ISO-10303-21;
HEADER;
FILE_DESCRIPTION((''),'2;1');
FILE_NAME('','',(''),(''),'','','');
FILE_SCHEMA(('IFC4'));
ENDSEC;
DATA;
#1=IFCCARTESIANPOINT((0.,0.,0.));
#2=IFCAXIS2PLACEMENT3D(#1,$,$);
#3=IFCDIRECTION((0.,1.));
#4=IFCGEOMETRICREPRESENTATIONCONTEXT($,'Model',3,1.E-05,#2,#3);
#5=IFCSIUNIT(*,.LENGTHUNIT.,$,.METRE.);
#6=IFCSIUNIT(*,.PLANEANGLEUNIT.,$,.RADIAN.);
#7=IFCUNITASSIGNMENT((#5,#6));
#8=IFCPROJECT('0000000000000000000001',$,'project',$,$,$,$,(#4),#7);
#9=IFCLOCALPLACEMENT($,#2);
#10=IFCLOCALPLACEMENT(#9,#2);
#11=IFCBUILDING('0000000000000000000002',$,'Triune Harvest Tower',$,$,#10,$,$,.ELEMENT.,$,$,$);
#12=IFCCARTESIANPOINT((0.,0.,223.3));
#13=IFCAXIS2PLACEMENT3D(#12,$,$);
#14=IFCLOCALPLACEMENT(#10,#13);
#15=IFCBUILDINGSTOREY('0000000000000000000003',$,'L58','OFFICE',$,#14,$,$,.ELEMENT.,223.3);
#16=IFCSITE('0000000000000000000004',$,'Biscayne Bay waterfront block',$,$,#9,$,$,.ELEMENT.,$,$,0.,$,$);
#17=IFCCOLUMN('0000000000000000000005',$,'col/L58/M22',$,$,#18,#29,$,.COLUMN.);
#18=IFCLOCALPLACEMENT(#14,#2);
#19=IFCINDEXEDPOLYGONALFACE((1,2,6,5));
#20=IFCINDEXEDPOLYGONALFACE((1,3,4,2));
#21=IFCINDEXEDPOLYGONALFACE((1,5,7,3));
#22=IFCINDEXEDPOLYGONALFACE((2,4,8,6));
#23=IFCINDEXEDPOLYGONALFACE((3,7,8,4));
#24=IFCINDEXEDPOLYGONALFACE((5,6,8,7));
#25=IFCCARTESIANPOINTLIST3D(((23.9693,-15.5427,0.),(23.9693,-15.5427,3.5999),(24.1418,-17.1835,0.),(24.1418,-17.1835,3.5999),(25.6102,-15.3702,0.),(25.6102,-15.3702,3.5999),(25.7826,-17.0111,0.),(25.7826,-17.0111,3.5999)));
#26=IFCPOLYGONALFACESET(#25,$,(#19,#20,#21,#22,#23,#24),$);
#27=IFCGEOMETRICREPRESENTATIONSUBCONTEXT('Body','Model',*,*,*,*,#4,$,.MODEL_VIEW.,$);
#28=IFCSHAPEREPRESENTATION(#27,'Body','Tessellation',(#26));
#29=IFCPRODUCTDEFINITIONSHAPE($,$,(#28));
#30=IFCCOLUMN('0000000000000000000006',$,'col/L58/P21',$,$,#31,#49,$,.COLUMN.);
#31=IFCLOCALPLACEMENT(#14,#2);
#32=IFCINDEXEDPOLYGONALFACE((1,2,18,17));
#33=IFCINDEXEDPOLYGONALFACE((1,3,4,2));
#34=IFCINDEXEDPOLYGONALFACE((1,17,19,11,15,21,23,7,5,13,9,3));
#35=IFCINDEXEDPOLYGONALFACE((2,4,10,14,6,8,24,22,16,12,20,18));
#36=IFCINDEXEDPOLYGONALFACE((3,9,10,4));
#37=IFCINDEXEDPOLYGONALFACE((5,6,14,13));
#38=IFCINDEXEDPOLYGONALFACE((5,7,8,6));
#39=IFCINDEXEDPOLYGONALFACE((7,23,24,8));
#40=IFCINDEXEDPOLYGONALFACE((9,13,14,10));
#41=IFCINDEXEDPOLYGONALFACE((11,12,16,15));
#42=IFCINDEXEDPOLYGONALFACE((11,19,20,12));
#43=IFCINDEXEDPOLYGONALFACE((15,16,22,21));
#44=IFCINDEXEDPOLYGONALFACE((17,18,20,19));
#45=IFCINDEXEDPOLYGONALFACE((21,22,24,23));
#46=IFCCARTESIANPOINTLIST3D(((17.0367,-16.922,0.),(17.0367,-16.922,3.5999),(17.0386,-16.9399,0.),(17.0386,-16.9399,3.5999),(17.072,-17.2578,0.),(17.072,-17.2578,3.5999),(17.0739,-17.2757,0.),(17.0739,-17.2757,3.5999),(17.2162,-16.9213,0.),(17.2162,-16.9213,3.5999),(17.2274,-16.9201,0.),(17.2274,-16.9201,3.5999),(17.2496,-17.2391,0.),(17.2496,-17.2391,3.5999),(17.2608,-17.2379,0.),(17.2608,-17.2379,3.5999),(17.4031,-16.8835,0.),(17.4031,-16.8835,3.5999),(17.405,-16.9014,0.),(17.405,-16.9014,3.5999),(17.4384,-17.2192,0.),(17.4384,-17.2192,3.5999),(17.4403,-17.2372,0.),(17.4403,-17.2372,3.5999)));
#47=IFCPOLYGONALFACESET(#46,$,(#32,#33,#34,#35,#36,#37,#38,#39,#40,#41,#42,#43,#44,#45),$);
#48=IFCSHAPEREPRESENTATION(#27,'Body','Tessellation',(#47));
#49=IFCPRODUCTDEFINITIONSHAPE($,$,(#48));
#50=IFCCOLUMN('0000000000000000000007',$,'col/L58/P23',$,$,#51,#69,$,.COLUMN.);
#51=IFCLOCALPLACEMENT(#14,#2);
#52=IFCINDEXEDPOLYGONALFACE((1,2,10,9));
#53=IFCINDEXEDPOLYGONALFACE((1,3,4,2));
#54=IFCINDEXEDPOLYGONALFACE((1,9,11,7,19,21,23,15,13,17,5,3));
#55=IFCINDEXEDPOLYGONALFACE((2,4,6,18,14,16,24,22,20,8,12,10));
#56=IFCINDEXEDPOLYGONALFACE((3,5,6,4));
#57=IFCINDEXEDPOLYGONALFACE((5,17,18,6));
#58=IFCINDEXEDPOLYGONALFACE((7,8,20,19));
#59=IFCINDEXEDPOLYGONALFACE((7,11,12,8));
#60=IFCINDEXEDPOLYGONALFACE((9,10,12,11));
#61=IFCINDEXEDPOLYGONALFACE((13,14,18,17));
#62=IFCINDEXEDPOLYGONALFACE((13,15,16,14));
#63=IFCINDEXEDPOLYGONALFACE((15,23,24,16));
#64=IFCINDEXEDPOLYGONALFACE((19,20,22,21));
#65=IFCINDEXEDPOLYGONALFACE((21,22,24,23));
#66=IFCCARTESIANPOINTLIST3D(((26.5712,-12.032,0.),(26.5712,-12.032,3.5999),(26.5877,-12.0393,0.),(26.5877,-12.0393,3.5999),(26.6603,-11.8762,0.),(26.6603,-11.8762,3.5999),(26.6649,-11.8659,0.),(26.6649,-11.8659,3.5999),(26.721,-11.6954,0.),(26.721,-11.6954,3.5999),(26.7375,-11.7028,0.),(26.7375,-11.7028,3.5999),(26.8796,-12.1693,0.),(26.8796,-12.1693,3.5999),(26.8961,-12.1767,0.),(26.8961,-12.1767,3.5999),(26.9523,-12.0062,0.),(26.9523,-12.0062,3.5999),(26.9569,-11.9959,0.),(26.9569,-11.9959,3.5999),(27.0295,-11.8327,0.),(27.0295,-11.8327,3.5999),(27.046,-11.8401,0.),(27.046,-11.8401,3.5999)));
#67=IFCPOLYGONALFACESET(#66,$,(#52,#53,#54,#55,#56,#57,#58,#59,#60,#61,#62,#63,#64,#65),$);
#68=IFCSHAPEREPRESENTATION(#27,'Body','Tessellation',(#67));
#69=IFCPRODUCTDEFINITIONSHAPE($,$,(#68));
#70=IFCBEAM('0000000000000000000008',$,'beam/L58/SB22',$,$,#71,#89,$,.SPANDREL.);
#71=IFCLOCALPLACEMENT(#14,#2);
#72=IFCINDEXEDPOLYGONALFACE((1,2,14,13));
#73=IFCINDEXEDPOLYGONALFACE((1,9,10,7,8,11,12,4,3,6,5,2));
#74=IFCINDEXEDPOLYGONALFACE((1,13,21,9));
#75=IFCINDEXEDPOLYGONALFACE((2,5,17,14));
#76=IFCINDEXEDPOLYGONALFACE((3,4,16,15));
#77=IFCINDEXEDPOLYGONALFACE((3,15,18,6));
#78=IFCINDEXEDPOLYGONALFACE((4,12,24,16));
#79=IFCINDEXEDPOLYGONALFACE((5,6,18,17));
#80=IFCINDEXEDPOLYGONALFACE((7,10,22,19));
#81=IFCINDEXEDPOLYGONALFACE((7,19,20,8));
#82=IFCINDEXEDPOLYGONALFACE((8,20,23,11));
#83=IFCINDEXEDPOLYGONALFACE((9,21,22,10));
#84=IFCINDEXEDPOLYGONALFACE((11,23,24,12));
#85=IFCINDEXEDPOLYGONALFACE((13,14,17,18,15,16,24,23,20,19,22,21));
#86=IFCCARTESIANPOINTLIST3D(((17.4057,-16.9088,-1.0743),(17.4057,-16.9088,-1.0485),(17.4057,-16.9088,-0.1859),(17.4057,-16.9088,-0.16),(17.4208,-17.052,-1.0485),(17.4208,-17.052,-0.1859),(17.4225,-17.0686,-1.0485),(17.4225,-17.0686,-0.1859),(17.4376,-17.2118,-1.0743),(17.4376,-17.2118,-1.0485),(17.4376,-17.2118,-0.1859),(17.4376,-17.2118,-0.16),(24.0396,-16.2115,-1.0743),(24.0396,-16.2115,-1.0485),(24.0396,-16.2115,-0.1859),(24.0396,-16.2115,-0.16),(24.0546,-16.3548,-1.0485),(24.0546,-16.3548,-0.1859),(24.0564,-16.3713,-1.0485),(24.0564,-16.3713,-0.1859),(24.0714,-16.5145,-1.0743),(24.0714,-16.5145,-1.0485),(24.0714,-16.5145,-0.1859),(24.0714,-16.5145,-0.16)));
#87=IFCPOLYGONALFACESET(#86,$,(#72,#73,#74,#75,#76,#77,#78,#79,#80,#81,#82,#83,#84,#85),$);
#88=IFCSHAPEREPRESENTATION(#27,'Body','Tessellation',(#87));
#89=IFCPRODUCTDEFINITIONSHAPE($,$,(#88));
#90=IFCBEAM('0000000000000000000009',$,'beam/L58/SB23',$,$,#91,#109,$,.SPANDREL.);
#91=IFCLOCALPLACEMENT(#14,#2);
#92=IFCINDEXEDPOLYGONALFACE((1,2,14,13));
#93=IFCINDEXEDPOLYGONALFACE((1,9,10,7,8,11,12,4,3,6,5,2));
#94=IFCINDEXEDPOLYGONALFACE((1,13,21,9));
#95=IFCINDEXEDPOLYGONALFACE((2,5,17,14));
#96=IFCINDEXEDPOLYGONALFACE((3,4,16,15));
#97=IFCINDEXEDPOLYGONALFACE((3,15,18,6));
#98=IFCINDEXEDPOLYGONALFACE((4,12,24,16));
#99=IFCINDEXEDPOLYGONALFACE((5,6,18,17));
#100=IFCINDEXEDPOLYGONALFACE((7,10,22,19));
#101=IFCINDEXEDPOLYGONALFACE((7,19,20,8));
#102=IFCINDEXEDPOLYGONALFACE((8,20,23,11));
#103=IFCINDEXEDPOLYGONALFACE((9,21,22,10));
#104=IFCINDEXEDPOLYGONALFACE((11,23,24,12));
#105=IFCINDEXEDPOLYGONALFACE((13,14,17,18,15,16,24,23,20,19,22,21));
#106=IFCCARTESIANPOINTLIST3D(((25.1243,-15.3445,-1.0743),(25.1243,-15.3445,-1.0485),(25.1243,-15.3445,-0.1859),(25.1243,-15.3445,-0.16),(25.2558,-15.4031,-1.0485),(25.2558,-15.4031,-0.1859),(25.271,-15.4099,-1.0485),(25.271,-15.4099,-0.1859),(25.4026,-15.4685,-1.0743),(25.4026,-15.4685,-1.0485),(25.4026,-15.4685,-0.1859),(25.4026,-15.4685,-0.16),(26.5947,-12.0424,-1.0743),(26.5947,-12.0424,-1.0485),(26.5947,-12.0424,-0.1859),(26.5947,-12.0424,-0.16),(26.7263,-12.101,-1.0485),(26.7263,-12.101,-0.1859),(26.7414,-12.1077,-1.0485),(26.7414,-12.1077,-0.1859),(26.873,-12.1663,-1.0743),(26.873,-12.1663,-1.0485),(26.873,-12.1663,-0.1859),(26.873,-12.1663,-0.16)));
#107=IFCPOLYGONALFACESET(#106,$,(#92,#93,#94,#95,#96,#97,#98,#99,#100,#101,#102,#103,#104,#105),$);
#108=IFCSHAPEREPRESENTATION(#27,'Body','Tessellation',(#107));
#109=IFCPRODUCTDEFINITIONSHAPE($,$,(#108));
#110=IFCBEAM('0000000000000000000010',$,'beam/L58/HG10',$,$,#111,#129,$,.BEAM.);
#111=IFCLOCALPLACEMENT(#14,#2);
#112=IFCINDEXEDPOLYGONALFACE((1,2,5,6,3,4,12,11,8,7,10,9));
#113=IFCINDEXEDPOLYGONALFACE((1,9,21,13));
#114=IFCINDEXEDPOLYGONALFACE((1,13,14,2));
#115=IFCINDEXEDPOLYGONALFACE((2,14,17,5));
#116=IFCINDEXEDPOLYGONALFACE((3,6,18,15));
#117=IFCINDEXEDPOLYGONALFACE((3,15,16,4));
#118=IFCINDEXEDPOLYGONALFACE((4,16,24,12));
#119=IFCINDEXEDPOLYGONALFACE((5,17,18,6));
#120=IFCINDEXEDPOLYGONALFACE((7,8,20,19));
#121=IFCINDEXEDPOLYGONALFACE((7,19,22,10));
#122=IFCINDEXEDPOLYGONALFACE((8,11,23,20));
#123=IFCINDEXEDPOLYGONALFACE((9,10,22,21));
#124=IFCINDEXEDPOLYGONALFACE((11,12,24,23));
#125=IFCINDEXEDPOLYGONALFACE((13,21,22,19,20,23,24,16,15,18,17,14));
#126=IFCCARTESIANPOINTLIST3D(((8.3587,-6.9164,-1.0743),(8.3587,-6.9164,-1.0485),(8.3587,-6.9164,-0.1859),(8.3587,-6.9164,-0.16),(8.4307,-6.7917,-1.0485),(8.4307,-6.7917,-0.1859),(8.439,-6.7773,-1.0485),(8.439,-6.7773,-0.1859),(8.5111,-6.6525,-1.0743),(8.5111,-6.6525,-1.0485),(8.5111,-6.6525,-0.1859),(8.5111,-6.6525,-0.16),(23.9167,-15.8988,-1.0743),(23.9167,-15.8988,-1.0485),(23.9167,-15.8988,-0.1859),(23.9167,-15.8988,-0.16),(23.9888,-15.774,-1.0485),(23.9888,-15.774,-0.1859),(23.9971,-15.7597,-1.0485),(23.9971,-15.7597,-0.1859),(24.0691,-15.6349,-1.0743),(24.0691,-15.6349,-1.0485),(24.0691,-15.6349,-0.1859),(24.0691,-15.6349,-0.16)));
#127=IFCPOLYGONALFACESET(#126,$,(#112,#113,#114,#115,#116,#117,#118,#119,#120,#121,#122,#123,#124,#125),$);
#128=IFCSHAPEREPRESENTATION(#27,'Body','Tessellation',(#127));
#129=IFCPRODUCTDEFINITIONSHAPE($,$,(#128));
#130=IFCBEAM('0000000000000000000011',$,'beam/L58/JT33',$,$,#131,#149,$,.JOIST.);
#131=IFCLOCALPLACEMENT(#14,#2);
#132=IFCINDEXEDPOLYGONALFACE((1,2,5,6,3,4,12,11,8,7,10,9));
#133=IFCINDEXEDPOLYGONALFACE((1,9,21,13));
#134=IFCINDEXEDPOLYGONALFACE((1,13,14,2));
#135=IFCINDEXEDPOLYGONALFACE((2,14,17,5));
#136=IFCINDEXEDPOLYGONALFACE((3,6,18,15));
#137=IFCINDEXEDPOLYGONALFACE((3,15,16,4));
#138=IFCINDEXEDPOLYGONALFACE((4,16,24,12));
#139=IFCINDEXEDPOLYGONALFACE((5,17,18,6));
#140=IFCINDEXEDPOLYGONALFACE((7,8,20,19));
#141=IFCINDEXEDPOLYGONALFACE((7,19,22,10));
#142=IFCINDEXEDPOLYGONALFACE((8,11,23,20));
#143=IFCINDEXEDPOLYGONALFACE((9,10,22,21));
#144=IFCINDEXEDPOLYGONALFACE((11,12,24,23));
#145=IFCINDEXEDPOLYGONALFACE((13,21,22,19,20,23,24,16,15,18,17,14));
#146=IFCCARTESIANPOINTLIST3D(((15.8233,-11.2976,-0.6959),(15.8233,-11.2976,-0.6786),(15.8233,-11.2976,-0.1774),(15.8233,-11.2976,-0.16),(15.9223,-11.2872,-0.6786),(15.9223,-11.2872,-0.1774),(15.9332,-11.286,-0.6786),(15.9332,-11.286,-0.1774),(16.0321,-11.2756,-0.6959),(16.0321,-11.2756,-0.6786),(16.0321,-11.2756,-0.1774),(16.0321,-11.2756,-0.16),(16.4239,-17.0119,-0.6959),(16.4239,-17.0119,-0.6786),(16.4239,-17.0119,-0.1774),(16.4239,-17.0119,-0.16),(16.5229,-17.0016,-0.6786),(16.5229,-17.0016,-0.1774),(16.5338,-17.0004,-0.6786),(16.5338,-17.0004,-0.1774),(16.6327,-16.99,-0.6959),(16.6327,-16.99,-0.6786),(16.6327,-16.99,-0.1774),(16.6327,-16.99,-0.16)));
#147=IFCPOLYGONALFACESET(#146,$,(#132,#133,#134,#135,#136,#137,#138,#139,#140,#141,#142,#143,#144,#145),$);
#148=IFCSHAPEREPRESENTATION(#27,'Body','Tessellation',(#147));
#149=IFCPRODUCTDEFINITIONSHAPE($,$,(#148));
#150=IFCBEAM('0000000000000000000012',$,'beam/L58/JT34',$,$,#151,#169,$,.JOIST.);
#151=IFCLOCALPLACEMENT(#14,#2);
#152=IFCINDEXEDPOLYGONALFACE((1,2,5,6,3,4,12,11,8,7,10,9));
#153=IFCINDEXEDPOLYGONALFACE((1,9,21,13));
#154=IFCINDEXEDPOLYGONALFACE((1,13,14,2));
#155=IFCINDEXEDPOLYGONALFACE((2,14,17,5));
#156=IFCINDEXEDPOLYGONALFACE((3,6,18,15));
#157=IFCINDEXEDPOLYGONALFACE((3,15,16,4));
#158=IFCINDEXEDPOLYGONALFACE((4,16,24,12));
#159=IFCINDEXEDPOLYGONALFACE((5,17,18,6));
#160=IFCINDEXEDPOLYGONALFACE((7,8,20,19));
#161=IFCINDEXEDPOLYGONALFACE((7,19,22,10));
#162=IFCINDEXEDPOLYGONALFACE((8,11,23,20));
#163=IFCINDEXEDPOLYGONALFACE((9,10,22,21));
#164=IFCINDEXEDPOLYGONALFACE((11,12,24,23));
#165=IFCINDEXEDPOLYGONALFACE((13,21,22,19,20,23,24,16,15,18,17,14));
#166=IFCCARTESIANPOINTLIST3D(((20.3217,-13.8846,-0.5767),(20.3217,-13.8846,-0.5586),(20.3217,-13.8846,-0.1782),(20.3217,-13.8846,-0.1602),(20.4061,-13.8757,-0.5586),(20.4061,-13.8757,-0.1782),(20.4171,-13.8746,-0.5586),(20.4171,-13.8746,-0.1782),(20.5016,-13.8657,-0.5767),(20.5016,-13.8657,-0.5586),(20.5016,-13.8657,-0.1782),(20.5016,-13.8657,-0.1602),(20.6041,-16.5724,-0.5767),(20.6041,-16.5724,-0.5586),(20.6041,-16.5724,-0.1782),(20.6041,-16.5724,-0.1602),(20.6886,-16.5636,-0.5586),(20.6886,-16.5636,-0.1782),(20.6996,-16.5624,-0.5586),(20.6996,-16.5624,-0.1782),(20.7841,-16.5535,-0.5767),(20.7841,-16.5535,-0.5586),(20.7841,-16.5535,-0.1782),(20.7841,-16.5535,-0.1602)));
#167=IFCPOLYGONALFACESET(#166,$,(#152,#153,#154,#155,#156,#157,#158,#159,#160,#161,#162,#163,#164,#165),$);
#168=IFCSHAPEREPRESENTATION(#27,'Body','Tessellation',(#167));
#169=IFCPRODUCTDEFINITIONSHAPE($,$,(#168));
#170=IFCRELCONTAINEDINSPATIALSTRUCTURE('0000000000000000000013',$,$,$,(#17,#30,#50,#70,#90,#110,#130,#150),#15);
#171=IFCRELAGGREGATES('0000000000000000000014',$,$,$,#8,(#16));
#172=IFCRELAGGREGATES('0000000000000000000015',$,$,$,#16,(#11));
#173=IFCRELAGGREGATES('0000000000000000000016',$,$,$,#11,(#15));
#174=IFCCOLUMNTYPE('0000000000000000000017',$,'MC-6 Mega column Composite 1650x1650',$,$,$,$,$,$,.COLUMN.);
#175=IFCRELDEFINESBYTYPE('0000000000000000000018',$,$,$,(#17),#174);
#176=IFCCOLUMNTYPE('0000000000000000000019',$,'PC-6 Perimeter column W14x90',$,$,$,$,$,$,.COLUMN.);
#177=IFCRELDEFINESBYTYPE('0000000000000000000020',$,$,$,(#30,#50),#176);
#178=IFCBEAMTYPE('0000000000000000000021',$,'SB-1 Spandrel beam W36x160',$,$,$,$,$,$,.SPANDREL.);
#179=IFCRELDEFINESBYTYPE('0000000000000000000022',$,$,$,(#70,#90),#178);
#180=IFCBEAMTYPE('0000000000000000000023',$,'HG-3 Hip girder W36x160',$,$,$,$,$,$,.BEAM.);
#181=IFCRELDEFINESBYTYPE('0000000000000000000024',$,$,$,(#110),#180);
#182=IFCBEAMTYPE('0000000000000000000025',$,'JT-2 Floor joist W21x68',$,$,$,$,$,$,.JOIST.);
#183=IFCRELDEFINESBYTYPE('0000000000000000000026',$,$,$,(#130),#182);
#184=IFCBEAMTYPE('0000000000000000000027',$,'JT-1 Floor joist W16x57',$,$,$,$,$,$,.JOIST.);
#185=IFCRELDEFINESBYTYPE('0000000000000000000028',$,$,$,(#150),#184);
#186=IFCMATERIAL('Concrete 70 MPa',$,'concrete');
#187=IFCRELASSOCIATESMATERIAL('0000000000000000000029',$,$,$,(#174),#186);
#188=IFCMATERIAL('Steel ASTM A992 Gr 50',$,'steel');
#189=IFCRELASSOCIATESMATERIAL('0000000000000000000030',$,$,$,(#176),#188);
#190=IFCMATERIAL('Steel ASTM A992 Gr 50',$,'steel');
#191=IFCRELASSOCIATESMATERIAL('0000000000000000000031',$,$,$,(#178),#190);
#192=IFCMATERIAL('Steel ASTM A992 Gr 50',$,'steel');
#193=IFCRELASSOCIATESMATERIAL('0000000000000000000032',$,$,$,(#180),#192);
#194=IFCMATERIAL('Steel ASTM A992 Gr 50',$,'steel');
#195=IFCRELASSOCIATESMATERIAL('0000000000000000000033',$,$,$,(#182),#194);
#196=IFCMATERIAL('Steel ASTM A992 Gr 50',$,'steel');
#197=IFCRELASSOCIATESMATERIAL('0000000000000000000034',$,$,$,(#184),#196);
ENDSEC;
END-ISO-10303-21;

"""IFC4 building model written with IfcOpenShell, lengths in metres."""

from ifc_helpers import new_model, si_unit, direction, frame, origin, origin_2d, place, context, subcontext, project, spatial, rectangle, i_section, extrude, source, transform, mapped, material, material_profile, profile_set, type_object, element, save


model = new_model("IFC4")

# Units and contexts
model_context = context("Model", 3, precision=1e-05, world=origin(), true_north=direction((0.0, 1.0)))
body_context = subcontext(model_context, "Body", "Model", "MODEL_VIEW")
ifc_project = project(units=[si_unit("LENGTHUNIT", "METRE"), si_unit("PLANEANGLEUNIT", "RADIAN")], contexts=[model_context])

# Site, building, storey
site_placement = place(None, origin())
site = spatial("IfcSite", under=ifc_project, at=site_placement, Name="Biscayne Bay waterfront block", CompositionType="ELEMENT", RefElevation=0.0)
building_placement = place(site_placement, origin())
building = spatial("IfcBuilding", under=site, at=building_placement, Name="Triune Harvest Tower", CompositionType="ELEMENT")
storey_placement = place(building_placement, frame((0.0, 0.0, 223.3)))
storey = spatial("IfcBuildingStorey", under=building, at=storey_placement, Name="L58", Description="OFFICE", CompositionType="ELEMENT", Elevation=223.3)

# Columns
ifc_material_1 = material(Name="Concrete 70 MPa", Category="concrete")
ifc_material_profile_1 = material_profile(ifc_material_1, rectangle(XDim=1.6499, YDim=1.6499, at=origin_2d()), Name="Composite 1650x1650")
ifc_profile_set_1 = profile_set([ifc_material_profile_1], Name="Concrete 70 MPa")
column_type_1 = type_object("IfcColumnType", Name="MC-6 Mega column Composite 1650x1650", PredefinedType="COLUMN", material=ifc_profile_set_1)
shared_shape_1 = source(origin(), body_context, "Body", "SweptSolid", [
    extrude(rectangle(XDim=1.6499, YDim=1.6499, at=origin_2d()), origin(), (0.0, 0.0, 1.0), 3.5999),
])
column_placement = place(storey_placement, frame((24.876, -16.2769, 0.0), z_axis=(0.0, 0.0, 1.0), x_axis=(0.994522, 0.10453, 0.0)))
element("IfcColumn", 1, at=column_placement, inside=storey, type_object=column_type_1, Name="col/L58/M22", PredefinedType="COLUMN", context=body_context, shape_type="MappedRepresentation", body=[
    mapped(shared_shape_1, transform((0.0, 0.0, 0.0), scale=1.0)),
])
ifc_material_2 = material(Name="Steel ASTM A992 Gr 50", Category="steel")
ifc_material_profile_2 = material_profile(ifc_material_2, i_section(OverallWidth=0.3684, OverallDepth=0.3557, WebThickness=0.0112, FlangeThickness=0.0181, at=origin_2d()), Name="W14x90")
ifc_profile_set_2 = profile_set([ifc_material_profile_2], Name="Steel ASTM A992 Gr 50")
column_type_2 = type_object("IfcColumnType", Name="PC-6 Perimeter column W14x90", PredefinedType="COLUMN", material=ifc_profile_set_2)
shared_shape_2 = source(origin(), body_context, "Body", "SweptSolid", [
    extrude(i_section(OverallWidth=0.3684, OverallDepth=0.3557, WebThickness=0.0112, FlangeThickness=0.0181, at=origin_2d()), origin(), (0.0, 0.0, 1.0), 3.5999),
])
for number, where, z_axis, x_axis, name in (
    (2, (17.2385, -17.0796, 0.0), (0.0, 0.0, 1.0), (0.994522, 0.10453, 0.0), "col/L58/P21"),
    (3, (26.8086, -11.936, 0.0), (0.0, 0.0, 1.0), (0.406741, 0.913543, 0.0), "col/L58/P23"),
):
    element("IfcColumn", number, at=place(storey_placement, frame(where, z_axis=z_axis, x_axis=x_axis)), inside=storey, type_object=column_type_2, Name=name, PredefinedType="COLUMN", context=body_context, shape_type="MappedRepresentation", body=[
        mapped(shared_shape_2, transform((0.0, 0.0, 0.0), scale=1.0)),
    ])

# Beams
ifc_material_3 = material(Name="Steel ASTM A992 Gr 50", Category="steel")
ifc_material_profile_3 = material_profile(ifc_material_3, i_section(OverallWidth=0.3047, OverallDepth=0.9143, WebThickness=0.0166, FlangeThickness=0.0259, at=origin_2d()), Name="W36x160")
ifc_profile_set_3 = profile_set([ifc_material_profile_3], Name="Steel ASTM A992 Gr 50")
beam_type_1 = type_object("IfcBeamType", Name="SB-1 Spandrel beam W36x160", PredefinedType="SPANDREL", material=ifc_profile_set_3)
shared_shape_3 = source(origin(), body_context, "Body", "SweptSolid", [
    extrude(i_section(OverallWidth=0.3047, OverallDepth=0.9143, WebThickness=0.0166, FlangeThickness=0.0259, at=origin_2d()), origin(), (0.0, 0.0, 1.0), 6.6704),
])
beam_1_placement = place(storey_placement, frame((17.4216, -17.0603, -0.6172), z_axis=(0.994521, 0.104532, 0.0), x_axis=(-0.104532, 0.994521, 0.0)))
element("IfcBeam", 4, at=beam_1_placement, inside=storey, type_object=beam_type_1, Name="beam/L58/SB22", PredefinedType="SPANDREL", context=body_context, shape_type="MappedRepresentation", body=[
    mapped(shared_shape_3, transform((0.0, 0.0, 0.0), scale=1.0)),
])
shared_shape_4 = source(origin(), body_context, "Body", "SweptSolid", [
    extrude(i_section(OverallWidth=0.3047, OverallDepth=0.9143, WebThickness=0.0166, FlangeThickness=0.0259, at=origin_2d()), origin(), (0.0, 0.0, 1.0), 3.6147),
])
beam_2_placement = place(storey_placement, frame((25.2634, -15.4065, -0.6172), z_axis=(0.406784, 0.913524, 0.0), x_axis=(-0.913524, 0.406784, 0.0)))
element("IfcBeam", 5, at=beam_2_placement, inside=storey, type_object=beam_type_1, Name="beam/L58/SB23", PredefinedType="SPANDREL", context=body_context, shape_type="MappedRepresentation", body=[
    mapped(shared_shape_4, transform((0.0, 0.0, 0.0), scale=1.0)),
])
ifc_material_4 = material(Name="Steel ASTM A992 Gr 50", Category="steel")
ifc_material_profile_4 = material_profile(ifc_material_4, i_section(OverallWidth=0.3047, OverallDepth=0.9143, WebThickness=0.0166, FlangeThickness=0.0259, at=origin_2d()), Name="W36x160")
ifc_profile_set_4 = profile_set([ifc_material_profile_4], Name="Steel ASTM A992 Gr 50")
beam_type_2 = type_object("IfcBeamType", Name="HG-3 Hip girder W36x160", PredefinedType="BEAM", material=ifc_profile_set_4)
shared_shape_5 = source(origin(), body_context, "Body", "SweptSolid", [
    extrude(i_section(OverallWidth=0.3047, OverallDepth=0.9143, WebThickness=0.0166, FlangeThickness=0.0259, at=origin_2d()), origin(), (0.0, 0.0, 1.0), 17.9648),
])
beam_3_placement = place(storey_placement, frame((23.9929, -15.7668, -0.6172), z_axis=(-0.866027, 0.499998, 0.0), x_axis=(-0.499998, -0.866027, 0.0)))
element("IfcBeam", 6, at=beam_3_placement, inside=storey, type_object=beam_type_2, Name="beam/L58/HG10", PredefinedType="BEAM", context=body_context, shape_type="MappedRepresentation", body=[
    mapped(shared_shape_5, transform((0.0, 0.0, 0.0), scale=1.0)),
])
ifc_material_5 = material(Name="Steel ASTM A992 Gr 50", Category="steel")
ifc_material_profile_5 = material_profile(ifc_material_5, i_section(OverallWidth=0.21, OverallDepth=0.5359, WebThickness=0.011, FlangeThickness=0.0173, at=origin_2d()), Name="W21x68")
ifc_profile_set_5 = profile_set([ifc_material_profile_5], Name="Steel ASTM A992 Gr 50")
beam_type_3 = type_object("IfcBeamType", Name="JT-2 Floor joist W21x68", PredefinedType="JOIST", material=ifc_profile_set_5)
shared_shape_6 = source(origin(), body_context, "Body", "SweptSolid", [
    extrude(i_section(OverallWidth=0.21, OverallDepth=0.5359, WebThickness=0.011, FlangeThickness=0.0173, at=origin_2d()), origin(), (0.0, 0.0, 1.0), 5.7458),
])
beam_4_placement = place(storey_placement, frame((16.5283, -17.001, -0.428), z_axis=(-0.104526, 0.994522, 0.0), x_axis=(-0.994522, -0.104526, 0.0)))
element("IfcBeam", 7, at=beam_4_placement, inside=storey, type_object=beam_type_3, Name="beam/L58/JT33", PredefinedType="JOIST", context=body_context, shape_type="MappedRepresentation", body=[
    mapped(shared_shape_6, transform((0.0, 0.0, 0.0), scale=1.0)),
])
ifc_material_6 = material(Name="Steel ASTM A992 Gr 50", Category="steel")
ifc_material_profile_6 = material_profile(ifc_material_6, i_section(OverallWidth=0.1809, OverallDepth=0.4165, WebThickness=0.011, FlangeThickness=0.0181, at=origin_2d()), Name="W16x57")
ifc_profile_set_6 = profile_set([ifc_material_profile_6], Name="Steel ASTM A992 Gr 50")
beam_type_4 = type_object("IfcBeamType", Name="JT-1 Floor joist W16x57", PredefinedType="JOIST", material=ifc_profile_set_6)
shared_shape_7 = source(origin(), body_context, "Body", "SweptSolid", [
    extrude(i_section(OverallWidth=0.1809, OverallDepth=0.4165, WebThickness=0.011, FlangeThickness=0.0181, at=origin_2d()), origin(), (0.0, 0.0, 1.0), 2.7026),
])
beam_5_placement = place(storey_placement, frame((20.6941, -16.563, -0.3684), z_axis=(-0.10452, 0.994523, 0.0), x_axis=(-0.994523, -0.10452, 0.0)))
element("IfcBeam", 8, at=beam_5_placement, inside=storey, type_object=beam_type_4, Name="beam/L58/JT34", PredefinedType="JOIST", context=body_context, shape_type="MappedRepresentation", body=[
    mapped(shared_shape_7, transform((0.0, 0.0, 0.0), scale=1.0)),
])

save(model, "model.ifc")
